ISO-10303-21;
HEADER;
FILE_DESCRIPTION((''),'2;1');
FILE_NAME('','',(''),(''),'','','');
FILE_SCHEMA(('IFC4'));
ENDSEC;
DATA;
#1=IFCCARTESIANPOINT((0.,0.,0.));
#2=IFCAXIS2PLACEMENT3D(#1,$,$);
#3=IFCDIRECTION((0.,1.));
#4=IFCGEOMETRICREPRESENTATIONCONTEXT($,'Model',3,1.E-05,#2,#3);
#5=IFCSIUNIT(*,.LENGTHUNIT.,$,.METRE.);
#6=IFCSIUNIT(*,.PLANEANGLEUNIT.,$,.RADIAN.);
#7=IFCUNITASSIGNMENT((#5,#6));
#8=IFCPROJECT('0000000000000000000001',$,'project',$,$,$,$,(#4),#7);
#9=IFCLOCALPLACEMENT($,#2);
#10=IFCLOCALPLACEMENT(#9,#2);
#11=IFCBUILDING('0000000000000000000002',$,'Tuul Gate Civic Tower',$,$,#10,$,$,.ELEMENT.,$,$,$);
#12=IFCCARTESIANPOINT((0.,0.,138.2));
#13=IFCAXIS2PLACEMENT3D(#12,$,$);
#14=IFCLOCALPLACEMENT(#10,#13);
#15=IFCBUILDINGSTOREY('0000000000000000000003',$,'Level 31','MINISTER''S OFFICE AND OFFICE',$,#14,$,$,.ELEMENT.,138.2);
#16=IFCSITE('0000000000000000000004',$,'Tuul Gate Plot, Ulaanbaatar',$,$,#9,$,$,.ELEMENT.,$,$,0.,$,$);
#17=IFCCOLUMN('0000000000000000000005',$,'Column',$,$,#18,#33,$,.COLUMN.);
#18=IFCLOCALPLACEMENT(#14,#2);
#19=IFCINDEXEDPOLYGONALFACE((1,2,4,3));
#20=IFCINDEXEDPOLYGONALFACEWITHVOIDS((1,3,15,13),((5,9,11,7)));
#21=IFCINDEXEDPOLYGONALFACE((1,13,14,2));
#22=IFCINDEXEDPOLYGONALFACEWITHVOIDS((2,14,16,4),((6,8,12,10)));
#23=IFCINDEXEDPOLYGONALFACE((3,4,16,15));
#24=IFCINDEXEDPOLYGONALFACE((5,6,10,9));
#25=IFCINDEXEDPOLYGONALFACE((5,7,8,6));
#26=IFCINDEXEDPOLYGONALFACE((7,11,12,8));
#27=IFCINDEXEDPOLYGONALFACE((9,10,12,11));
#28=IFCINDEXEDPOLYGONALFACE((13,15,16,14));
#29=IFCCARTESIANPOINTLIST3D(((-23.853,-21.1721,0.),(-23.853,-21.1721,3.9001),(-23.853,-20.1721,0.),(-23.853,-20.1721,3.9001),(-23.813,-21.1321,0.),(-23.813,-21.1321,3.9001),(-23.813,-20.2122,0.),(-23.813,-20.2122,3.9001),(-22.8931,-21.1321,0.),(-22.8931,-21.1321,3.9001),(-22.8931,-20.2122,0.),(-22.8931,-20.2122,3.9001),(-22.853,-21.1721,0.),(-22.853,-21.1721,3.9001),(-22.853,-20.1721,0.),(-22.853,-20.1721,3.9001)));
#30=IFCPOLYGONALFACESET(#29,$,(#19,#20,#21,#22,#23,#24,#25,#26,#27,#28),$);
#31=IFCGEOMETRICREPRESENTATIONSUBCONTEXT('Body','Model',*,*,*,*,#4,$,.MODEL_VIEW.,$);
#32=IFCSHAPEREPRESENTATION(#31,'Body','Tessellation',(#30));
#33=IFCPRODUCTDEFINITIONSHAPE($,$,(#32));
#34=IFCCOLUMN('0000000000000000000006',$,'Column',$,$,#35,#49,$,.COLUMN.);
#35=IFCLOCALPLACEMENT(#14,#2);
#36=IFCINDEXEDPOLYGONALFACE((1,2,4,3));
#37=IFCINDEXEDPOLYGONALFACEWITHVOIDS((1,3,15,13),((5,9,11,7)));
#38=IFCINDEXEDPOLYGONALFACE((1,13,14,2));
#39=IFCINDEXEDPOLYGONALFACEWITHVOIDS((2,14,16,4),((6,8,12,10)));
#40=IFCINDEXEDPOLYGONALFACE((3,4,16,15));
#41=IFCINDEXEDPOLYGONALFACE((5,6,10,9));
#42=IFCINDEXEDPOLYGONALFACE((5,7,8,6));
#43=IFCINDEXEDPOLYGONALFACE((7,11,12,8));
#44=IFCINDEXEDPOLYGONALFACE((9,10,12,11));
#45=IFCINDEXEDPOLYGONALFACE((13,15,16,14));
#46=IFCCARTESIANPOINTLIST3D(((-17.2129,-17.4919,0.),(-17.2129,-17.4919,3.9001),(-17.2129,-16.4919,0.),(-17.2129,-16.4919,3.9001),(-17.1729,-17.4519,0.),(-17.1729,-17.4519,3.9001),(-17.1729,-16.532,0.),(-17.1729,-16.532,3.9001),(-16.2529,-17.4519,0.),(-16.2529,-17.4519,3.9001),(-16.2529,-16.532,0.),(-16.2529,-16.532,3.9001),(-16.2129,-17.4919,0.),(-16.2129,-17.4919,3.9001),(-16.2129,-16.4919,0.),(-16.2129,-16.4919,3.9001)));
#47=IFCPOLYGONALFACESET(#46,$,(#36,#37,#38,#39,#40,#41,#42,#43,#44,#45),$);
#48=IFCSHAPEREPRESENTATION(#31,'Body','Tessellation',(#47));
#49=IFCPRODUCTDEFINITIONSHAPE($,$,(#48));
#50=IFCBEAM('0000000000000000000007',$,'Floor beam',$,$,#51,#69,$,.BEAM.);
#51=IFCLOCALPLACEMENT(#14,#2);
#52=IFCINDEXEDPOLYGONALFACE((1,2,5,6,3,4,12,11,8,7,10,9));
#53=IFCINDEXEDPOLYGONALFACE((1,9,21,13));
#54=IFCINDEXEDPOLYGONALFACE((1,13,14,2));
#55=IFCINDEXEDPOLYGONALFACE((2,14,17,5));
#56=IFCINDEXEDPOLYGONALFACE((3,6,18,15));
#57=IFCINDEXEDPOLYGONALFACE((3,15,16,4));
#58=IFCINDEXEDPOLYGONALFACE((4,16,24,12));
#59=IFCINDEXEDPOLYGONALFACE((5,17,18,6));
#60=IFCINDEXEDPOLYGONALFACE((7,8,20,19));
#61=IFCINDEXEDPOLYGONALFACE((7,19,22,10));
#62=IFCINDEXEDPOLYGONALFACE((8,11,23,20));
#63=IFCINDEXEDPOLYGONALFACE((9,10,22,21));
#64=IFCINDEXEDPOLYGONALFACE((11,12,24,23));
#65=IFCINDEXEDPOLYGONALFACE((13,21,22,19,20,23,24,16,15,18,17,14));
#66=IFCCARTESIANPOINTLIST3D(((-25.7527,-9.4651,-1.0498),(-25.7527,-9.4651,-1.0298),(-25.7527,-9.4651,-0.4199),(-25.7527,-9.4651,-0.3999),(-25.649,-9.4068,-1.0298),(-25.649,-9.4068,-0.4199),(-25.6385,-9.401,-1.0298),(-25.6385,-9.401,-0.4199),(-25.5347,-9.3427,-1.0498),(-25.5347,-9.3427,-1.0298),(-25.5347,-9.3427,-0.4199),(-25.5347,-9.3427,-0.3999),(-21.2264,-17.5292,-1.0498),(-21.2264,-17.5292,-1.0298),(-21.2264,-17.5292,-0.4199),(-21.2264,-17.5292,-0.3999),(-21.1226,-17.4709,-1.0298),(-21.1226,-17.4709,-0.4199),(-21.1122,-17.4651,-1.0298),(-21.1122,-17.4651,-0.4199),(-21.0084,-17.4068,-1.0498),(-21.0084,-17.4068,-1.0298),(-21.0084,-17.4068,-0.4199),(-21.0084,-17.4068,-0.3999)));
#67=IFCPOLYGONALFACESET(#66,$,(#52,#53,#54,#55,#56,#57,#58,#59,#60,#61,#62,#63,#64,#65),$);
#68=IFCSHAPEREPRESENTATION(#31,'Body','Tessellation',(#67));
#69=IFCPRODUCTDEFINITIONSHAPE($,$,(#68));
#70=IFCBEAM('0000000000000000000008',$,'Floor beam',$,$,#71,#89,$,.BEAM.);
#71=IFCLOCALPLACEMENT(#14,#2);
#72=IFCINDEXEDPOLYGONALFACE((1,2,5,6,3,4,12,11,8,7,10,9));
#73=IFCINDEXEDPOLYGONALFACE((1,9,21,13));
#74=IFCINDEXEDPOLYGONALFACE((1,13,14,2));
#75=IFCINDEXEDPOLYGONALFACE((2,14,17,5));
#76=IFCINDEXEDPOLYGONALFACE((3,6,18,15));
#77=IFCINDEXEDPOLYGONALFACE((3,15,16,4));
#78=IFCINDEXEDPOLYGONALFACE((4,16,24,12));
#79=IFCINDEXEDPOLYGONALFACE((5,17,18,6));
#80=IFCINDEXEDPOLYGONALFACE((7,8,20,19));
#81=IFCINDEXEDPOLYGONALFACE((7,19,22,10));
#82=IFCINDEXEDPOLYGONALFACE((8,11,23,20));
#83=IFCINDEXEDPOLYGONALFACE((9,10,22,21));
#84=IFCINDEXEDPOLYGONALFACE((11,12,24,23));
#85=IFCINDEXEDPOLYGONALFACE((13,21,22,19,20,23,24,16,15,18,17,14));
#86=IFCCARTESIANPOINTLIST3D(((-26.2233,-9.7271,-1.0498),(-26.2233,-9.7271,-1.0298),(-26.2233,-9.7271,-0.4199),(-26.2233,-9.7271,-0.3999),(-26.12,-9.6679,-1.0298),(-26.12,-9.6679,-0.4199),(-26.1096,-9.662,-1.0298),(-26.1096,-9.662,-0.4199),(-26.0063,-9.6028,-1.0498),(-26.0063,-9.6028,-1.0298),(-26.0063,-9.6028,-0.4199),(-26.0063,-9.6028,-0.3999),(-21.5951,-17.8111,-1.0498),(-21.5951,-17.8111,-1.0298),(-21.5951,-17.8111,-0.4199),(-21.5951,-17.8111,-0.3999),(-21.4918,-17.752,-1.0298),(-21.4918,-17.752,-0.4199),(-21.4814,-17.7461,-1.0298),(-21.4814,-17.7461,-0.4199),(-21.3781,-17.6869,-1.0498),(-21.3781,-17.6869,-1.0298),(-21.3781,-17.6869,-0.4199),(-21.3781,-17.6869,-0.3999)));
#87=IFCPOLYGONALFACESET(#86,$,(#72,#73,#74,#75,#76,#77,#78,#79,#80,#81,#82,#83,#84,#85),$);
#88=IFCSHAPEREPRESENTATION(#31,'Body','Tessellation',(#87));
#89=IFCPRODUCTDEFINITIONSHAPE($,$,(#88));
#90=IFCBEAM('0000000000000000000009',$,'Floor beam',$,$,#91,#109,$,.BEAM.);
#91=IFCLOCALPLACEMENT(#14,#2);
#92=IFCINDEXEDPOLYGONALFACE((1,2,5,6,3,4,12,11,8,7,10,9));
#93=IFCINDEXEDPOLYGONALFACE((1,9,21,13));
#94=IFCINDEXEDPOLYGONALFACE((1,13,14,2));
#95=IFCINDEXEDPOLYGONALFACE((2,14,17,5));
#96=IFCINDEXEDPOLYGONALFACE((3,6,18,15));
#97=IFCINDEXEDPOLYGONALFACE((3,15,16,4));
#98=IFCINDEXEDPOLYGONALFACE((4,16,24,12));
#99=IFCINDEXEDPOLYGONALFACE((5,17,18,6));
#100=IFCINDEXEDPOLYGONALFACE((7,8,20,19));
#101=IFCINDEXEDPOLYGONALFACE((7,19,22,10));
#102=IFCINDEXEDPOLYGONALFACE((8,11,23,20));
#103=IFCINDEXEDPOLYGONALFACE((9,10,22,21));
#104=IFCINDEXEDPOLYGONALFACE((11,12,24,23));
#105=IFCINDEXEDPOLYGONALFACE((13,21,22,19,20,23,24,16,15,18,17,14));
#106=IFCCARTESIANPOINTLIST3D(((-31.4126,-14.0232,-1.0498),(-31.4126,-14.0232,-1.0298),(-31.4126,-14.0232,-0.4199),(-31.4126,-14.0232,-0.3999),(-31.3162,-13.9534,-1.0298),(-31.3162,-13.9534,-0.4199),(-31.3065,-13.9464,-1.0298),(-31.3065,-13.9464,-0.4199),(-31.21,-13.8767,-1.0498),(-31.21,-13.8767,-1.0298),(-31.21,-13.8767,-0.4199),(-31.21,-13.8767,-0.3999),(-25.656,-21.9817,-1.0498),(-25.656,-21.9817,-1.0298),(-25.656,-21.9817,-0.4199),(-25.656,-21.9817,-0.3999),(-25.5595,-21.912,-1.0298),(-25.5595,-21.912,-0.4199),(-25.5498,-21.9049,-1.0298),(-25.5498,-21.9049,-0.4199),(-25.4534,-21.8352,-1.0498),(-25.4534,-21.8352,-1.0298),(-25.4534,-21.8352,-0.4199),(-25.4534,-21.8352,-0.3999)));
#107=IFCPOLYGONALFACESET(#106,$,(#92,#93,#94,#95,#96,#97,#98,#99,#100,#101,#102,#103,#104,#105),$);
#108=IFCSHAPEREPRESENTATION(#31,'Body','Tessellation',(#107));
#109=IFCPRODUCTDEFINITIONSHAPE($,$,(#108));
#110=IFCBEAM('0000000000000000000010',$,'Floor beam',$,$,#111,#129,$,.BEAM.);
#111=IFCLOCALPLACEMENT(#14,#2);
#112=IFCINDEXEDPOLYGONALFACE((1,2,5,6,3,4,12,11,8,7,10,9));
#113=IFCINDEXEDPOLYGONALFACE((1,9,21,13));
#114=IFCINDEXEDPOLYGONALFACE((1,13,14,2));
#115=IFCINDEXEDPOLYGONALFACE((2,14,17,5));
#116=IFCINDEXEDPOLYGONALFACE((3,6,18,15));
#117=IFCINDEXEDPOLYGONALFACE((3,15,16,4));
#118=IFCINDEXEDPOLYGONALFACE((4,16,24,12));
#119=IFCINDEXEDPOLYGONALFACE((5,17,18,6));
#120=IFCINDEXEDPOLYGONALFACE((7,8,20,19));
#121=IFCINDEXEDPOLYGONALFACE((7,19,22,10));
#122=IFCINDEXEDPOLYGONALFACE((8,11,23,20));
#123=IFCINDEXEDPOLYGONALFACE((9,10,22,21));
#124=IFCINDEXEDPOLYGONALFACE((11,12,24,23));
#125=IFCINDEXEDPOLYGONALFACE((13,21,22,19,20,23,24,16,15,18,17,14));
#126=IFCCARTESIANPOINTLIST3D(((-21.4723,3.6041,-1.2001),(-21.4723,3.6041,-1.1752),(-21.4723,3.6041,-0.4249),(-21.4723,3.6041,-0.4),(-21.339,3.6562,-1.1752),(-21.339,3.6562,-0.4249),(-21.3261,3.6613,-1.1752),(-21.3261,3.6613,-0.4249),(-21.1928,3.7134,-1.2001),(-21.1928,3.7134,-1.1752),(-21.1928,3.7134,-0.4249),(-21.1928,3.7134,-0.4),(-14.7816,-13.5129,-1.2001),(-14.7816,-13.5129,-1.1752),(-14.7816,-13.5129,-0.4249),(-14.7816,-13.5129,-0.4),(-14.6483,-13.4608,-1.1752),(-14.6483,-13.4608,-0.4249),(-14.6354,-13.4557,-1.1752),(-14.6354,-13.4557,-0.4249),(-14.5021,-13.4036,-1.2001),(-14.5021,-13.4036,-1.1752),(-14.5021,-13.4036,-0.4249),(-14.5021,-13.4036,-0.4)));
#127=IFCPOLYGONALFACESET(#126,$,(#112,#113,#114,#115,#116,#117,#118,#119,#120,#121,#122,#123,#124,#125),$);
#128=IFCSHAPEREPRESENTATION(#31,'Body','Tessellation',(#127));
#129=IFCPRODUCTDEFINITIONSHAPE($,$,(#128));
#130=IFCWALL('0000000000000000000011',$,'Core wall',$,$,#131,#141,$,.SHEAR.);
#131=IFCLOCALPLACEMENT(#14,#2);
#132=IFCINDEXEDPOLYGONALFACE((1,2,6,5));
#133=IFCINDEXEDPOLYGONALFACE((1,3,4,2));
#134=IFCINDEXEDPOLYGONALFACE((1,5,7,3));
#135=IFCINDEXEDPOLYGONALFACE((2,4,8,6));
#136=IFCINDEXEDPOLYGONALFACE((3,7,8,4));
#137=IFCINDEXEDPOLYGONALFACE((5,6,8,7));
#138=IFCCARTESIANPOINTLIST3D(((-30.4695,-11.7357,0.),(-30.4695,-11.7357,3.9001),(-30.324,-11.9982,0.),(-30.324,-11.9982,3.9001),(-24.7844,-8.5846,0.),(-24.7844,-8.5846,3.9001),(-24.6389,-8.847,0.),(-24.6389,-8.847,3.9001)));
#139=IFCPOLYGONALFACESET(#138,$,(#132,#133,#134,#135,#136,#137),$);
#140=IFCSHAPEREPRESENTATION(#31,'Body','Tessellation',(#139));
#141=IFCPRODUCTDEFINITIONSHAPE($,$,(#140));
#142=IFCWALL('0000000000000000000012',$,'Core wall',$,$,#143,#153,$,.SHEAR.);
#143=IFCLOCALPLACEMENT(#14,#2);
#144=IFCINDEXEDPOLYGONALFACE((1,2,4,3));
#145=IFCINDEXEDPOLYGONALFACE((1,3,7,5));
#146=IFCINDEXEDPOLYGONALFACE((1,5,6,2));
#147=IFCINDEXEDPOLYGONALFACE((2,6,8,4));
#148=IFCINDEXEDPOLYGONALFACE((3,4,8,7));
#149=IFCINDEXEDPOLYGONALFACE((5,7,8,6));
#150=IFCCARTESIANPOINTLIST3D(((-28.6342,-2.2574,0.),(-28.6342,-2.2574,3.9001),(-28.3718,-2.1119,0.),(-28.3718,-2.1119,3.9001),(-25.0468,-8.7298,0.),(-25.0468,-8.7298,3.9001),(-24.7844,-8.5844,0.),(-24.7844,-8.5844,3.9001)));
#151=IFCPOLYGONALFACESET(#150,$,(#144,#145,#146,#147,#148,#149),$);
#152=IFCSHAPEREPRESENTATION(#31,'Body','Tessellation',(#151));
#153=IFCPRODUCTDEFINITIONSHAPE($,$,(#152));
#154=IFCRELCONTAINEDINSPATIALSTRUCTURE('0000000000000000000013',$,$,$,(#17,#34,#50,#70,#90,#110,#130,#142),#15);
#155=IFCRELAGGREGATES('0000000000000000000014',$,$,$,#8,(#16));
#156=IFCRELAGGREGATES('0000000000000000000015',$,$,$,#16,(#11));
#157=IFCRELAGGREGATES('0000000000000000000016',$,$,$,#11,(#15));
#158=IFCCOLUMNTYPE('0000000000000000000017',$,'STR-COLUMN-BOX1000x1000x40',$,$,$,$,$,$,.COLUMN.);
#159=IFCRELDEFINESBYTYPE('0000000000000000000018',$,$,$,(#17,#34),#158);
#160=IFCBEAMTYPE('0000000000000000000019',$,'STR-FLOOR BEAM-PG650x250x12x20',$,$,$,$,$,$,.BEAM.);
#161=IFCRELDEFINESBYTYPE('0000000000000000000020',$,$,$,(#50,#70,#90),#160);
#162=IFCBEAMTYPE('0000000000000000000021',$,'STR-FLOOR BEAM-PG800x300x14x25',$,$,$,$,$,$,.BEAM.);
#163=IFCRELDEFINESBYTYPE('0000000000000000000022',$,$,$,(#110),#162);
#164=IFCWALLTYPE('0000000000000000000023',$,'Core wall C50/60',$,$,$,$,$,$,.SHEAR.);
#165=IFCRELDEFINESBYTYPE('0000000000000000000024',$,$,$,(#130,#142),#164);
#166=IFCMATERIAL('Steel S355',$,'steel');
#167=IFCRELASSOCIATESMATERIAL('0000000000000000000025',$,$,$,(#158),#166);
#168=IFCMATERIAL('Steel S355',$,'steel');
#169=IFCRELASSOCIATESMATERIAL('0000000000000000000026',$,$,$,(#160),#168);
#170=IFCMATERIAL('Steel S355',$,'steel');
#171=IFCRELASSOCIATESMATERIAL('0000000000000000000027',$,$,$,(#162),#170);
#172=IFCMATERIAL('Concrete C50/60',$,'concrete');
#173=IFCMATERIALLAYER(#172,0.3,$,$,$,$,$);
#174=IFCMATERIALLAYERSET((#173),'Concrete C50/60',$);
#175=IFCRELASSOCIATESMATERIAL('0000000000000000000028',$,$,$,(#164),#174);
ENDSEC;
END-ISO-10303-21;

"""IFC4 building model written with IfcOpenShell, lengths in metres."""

from ifc_helpers import new_model, si_unit, direction, frame, frame_2d, origin, origin_2d, place, context, subcontext, project, spatial, rectangle, hollow_rectangle, i_section, extrude, material, layer, layer_set, material_profile, profile_set, type_object, element, save


model = new_model("IFC4")

# Units and contexts
model_context = context("Model", 3, precision=1e-05, world=origin(), true_north=direction((0.0, 1.0)))
body_context = subcontext(model_context, "Body", "Model", "MODEL_VIEW")
ifc_project = project(units=[si_unit("LENGTHUNIT", "METRE"), si_unit("PLANEANGLEUNIT", "RADIAN")], contexts=[model_context])

# Site, building, storey
site_placement = place(None, origin())
site = spatial("IfcSite", under=ifc_project, at=site_placement, Name="Tuul Gate Plot, Ulaanbaatar", CompositionType="ELEMENT", RefElevation=0.0)
building_placement = place(site_placement, origin())
building = spatial("IfcBuilding", under=site, at=building_placement, Name="Tuul Gate Civic Tower", CompositionType="ELEMENT")
storey_placement = place(building_placement, frame((0.0, 0.0, 138.2)))
storey = spatial("IfcBuildingStorey", under=building, at=storey_placement, Name="Level 31", Description="MINISTER'S OFFICE AND OFFICE", CompositionType="ELEMENT", Elevation=138.2)

# Columns
ifc_material_1 = material(Name="Steel S355", Category="steel")
ifc_material_profile_1 = material_profile(ifc_material_1, hollow_rectangle(XDim=1.0, YDim=1.0, WallThickness=0.04, at=origin_2d()), Name="BOX1000x1000x40")
ifc_profile_set_1 = profile_set([ifc_material_profile_1], Name="Steel S355")
column_type = type_object("IfcColumnType", Name="STR-COLUMN-BOX1000x1000x40", PredefinedType="COLUMN", material=ifc_profile_set_1)
for number, where, z_axis, x_axis, name in (
    (1, (-23.353, -20.6721, 0.0), (0.0, 0.0, 1.0), (1.0, 0.0, 0.0), "Column"),
    (2, (-16.7129, -16.9919, 0.0), (0.0, 0.0, 1.0), (1.0, 0.0, 0.0), "Column"),
):
    element("IfcColumn", number, at=place(storey_placement, frame(where, z_axis=z_axis, x_axis=x_axis)), inside=storey, type_object=column_type, Name=name, PredefinedType="COLUMN", context=body_context, shape_type="SweptSolid", body=[
        extrude(hollow_rectangle(XDim=1.0, YDim=1.0, WallThickness=0.04, at=origin_2d()), origin(), (0.0, 0.0, 1.0), 3.9001),
    ])

# Beams
ifc_material_2 = material(Name="Steel S355", Category="steel")
ifc_material_profile_2 = material_profile(ifc_material_2, i_section(OverallWidth=0.25, OverallDepth=0.6499, WebThickness=0.012, FlangeThickness=0.02, at=origin_2d()), Name="PG650x250x12x20")
ifc_profile_set_2 = profile_set([ifc_material_profile_2], Name="Steel S355")
beam_type_1 = type_object("IfcBeamType", Name="STR-FLOOR BEAM-PG650x250x12x20", PredefinedType="BEAM", material=ifc_profile_set_2)
beam_1_placement = place(storey_placement, frame((-21.1174, -17.468, -0.7249), z_axis=(-0.48946, 0.872026, 0.0), x_axis=(-0.872026, -0.48946, 0.0)))
element("IfcBeam", 3, at=beam_1_placement, inside=storey, type_object=beam_type_1, Name="Floor beam", PredefinedType="BEAM", context=body_context, shape_type="SweptSolid", body=[
    extrude(i_section(OverallWidth=0.25, OverallDepth=0.6499, WebThickness=0.012, FlangeThickness=0.02, at=origin_2d()), origin(), (0.0, 0.0, 1.0), 9.2476),
])
beam_2_placement = place(storey_placement, frame((-21.4866, -17.749, -0.7249), z_axis=(-0.496847, 0.867838, 0.0), x_axis=(-0.867838, -0.496847, 0.0)))
element("IfcBeam", 4, at=beam_2_placement, inside=storey, type_object=beam_type_1, Name="Floor beam", PredefinedType="BEAM", context=body_context, shape_type="SweptSolid", body=[
    extrude(i_section(OverallWidth=0.25, OverallDepth=0.6499, WebThickness=0.012, FlangeThickness=0.02, at=origin_2d()), origin(), (0.0, 0.0, 1.0), 9.3152),
])
beam_3_placement = place(storey_placement, frame((-25.5547, -21.9084, -0.7249), z_axis=(-0.586078, 0.810254, 0.0), x_axis=(-0.810254, -0.586078, 0.0)))
element("IfcBeam", 5, at=beam_3_placement, inside=storey, type_object=beam_type_1, Name="Floor beam", PredefinedType="BEAM", context=body_context, shape_type="SweptSolid", body=[
    extrude(i_section(OverallWidth=0.25, OverallDepth=0.6499, WebThickness=0.012, FlangeThickness=0.02, at=origin_2d()), origin(), (0.0, 0.0, 1.0), 9.8223),
])
ifc_material_3 = material(Name="Steel S355", Category="steel")
ifc_material_profile_3 = material_profile(ifc_material_3, i_section(OverallWidth=0.3, OverallDepth=0.8, WebThickness=0.0139, FlangeThickness=0.0249, at=origin_2d()), Name="PG800x300x14x25")
ifc_profile_set_3 = profile_set([ifc_material_profile_3], Name="Steel S355")
beam_type_2 = type_object("IfcBeamType", Name="STR-FLOOR BEAM-PG800x300x14x25", PredefinedType="BEAM", material=ifc_profile_set_3)
beam_4_placement = place(storey_placement, frame((-14.6418, -13.4583, -0.8), z_axis=(-0.364057, 0.931377, 0.0), x_axis=(-0.931377, -0.364057, 0.0)))
element("IfcBeam", 6, at=beam_4_placement, inside=storey, type_object=beam_type_2, Name="Floor beam", PredefinedType="BEAM", context=body_context, shape_type="SweptSolid", body=[
    extrude(i_section(OverallWidth=0.3, OverallDepth=0.8, WebThickness=0.0139, FlangeThickness=0.0249, at=origin_2d()), origin(), (0.0, 0.0, 1.0), 18.3782),
])

# Walls
ifc_material_4 = material(Name="Concrete C50/60", Category="concrete")
ifc_layer_1 = layer(ifc_material_4, 0.3)
ifc_layer_set_1 = layer_set([ifc_layer_1], Name="Concrete C50/60")
wall_type_1 = type_object("IfcWallType", Name="Core wall C50/60", PredefinedType="SHEAR", material=ifc_layer_set_1)
wall_1_placement = place(storey_placement, frame((-24.7117, -8.7158, 0.0), z_axis=(0.0, 0.0, 1.0), x_axis=(-0.87463, -0.484791, 0.0)))
element("IfcWall", 7, at=wall_1_placement, inside=storey, type_object=wall_type_1, Name="Core wall", PredefinedType="SHEAR", context=body_context, shape_type="SweptSolid", body=[
    extrude(rectangle(XDim=6.5, YDim=0.3, at=frame_2d((3.25, 0.0))), origin(), (0.0, 0.0, 1.0), 3.9001),
])
wall_2_placement = place(storey_placement, frame((-24.9155, -8.6572, 0.0), z_axis=(0.0, 0.0, 1.0), x_axis=(-0.484777, 0.874638, 0.0)))
element("IfcWall", 8, at=wall_2_placement, inside=storey, type_object=wall_type_1, Name="Core wall", PredefinedType="SHEAR", context=body_context, shape_type="SweptSolid", body=[
    extrude(rectangle(XDim=7.4001, YDim=0.3, at=frame_2d((3.7002, 0.0))), origin(), (0.0, 0.0, 1.0), 3.9001),
])

save(model, "model.ifc")
